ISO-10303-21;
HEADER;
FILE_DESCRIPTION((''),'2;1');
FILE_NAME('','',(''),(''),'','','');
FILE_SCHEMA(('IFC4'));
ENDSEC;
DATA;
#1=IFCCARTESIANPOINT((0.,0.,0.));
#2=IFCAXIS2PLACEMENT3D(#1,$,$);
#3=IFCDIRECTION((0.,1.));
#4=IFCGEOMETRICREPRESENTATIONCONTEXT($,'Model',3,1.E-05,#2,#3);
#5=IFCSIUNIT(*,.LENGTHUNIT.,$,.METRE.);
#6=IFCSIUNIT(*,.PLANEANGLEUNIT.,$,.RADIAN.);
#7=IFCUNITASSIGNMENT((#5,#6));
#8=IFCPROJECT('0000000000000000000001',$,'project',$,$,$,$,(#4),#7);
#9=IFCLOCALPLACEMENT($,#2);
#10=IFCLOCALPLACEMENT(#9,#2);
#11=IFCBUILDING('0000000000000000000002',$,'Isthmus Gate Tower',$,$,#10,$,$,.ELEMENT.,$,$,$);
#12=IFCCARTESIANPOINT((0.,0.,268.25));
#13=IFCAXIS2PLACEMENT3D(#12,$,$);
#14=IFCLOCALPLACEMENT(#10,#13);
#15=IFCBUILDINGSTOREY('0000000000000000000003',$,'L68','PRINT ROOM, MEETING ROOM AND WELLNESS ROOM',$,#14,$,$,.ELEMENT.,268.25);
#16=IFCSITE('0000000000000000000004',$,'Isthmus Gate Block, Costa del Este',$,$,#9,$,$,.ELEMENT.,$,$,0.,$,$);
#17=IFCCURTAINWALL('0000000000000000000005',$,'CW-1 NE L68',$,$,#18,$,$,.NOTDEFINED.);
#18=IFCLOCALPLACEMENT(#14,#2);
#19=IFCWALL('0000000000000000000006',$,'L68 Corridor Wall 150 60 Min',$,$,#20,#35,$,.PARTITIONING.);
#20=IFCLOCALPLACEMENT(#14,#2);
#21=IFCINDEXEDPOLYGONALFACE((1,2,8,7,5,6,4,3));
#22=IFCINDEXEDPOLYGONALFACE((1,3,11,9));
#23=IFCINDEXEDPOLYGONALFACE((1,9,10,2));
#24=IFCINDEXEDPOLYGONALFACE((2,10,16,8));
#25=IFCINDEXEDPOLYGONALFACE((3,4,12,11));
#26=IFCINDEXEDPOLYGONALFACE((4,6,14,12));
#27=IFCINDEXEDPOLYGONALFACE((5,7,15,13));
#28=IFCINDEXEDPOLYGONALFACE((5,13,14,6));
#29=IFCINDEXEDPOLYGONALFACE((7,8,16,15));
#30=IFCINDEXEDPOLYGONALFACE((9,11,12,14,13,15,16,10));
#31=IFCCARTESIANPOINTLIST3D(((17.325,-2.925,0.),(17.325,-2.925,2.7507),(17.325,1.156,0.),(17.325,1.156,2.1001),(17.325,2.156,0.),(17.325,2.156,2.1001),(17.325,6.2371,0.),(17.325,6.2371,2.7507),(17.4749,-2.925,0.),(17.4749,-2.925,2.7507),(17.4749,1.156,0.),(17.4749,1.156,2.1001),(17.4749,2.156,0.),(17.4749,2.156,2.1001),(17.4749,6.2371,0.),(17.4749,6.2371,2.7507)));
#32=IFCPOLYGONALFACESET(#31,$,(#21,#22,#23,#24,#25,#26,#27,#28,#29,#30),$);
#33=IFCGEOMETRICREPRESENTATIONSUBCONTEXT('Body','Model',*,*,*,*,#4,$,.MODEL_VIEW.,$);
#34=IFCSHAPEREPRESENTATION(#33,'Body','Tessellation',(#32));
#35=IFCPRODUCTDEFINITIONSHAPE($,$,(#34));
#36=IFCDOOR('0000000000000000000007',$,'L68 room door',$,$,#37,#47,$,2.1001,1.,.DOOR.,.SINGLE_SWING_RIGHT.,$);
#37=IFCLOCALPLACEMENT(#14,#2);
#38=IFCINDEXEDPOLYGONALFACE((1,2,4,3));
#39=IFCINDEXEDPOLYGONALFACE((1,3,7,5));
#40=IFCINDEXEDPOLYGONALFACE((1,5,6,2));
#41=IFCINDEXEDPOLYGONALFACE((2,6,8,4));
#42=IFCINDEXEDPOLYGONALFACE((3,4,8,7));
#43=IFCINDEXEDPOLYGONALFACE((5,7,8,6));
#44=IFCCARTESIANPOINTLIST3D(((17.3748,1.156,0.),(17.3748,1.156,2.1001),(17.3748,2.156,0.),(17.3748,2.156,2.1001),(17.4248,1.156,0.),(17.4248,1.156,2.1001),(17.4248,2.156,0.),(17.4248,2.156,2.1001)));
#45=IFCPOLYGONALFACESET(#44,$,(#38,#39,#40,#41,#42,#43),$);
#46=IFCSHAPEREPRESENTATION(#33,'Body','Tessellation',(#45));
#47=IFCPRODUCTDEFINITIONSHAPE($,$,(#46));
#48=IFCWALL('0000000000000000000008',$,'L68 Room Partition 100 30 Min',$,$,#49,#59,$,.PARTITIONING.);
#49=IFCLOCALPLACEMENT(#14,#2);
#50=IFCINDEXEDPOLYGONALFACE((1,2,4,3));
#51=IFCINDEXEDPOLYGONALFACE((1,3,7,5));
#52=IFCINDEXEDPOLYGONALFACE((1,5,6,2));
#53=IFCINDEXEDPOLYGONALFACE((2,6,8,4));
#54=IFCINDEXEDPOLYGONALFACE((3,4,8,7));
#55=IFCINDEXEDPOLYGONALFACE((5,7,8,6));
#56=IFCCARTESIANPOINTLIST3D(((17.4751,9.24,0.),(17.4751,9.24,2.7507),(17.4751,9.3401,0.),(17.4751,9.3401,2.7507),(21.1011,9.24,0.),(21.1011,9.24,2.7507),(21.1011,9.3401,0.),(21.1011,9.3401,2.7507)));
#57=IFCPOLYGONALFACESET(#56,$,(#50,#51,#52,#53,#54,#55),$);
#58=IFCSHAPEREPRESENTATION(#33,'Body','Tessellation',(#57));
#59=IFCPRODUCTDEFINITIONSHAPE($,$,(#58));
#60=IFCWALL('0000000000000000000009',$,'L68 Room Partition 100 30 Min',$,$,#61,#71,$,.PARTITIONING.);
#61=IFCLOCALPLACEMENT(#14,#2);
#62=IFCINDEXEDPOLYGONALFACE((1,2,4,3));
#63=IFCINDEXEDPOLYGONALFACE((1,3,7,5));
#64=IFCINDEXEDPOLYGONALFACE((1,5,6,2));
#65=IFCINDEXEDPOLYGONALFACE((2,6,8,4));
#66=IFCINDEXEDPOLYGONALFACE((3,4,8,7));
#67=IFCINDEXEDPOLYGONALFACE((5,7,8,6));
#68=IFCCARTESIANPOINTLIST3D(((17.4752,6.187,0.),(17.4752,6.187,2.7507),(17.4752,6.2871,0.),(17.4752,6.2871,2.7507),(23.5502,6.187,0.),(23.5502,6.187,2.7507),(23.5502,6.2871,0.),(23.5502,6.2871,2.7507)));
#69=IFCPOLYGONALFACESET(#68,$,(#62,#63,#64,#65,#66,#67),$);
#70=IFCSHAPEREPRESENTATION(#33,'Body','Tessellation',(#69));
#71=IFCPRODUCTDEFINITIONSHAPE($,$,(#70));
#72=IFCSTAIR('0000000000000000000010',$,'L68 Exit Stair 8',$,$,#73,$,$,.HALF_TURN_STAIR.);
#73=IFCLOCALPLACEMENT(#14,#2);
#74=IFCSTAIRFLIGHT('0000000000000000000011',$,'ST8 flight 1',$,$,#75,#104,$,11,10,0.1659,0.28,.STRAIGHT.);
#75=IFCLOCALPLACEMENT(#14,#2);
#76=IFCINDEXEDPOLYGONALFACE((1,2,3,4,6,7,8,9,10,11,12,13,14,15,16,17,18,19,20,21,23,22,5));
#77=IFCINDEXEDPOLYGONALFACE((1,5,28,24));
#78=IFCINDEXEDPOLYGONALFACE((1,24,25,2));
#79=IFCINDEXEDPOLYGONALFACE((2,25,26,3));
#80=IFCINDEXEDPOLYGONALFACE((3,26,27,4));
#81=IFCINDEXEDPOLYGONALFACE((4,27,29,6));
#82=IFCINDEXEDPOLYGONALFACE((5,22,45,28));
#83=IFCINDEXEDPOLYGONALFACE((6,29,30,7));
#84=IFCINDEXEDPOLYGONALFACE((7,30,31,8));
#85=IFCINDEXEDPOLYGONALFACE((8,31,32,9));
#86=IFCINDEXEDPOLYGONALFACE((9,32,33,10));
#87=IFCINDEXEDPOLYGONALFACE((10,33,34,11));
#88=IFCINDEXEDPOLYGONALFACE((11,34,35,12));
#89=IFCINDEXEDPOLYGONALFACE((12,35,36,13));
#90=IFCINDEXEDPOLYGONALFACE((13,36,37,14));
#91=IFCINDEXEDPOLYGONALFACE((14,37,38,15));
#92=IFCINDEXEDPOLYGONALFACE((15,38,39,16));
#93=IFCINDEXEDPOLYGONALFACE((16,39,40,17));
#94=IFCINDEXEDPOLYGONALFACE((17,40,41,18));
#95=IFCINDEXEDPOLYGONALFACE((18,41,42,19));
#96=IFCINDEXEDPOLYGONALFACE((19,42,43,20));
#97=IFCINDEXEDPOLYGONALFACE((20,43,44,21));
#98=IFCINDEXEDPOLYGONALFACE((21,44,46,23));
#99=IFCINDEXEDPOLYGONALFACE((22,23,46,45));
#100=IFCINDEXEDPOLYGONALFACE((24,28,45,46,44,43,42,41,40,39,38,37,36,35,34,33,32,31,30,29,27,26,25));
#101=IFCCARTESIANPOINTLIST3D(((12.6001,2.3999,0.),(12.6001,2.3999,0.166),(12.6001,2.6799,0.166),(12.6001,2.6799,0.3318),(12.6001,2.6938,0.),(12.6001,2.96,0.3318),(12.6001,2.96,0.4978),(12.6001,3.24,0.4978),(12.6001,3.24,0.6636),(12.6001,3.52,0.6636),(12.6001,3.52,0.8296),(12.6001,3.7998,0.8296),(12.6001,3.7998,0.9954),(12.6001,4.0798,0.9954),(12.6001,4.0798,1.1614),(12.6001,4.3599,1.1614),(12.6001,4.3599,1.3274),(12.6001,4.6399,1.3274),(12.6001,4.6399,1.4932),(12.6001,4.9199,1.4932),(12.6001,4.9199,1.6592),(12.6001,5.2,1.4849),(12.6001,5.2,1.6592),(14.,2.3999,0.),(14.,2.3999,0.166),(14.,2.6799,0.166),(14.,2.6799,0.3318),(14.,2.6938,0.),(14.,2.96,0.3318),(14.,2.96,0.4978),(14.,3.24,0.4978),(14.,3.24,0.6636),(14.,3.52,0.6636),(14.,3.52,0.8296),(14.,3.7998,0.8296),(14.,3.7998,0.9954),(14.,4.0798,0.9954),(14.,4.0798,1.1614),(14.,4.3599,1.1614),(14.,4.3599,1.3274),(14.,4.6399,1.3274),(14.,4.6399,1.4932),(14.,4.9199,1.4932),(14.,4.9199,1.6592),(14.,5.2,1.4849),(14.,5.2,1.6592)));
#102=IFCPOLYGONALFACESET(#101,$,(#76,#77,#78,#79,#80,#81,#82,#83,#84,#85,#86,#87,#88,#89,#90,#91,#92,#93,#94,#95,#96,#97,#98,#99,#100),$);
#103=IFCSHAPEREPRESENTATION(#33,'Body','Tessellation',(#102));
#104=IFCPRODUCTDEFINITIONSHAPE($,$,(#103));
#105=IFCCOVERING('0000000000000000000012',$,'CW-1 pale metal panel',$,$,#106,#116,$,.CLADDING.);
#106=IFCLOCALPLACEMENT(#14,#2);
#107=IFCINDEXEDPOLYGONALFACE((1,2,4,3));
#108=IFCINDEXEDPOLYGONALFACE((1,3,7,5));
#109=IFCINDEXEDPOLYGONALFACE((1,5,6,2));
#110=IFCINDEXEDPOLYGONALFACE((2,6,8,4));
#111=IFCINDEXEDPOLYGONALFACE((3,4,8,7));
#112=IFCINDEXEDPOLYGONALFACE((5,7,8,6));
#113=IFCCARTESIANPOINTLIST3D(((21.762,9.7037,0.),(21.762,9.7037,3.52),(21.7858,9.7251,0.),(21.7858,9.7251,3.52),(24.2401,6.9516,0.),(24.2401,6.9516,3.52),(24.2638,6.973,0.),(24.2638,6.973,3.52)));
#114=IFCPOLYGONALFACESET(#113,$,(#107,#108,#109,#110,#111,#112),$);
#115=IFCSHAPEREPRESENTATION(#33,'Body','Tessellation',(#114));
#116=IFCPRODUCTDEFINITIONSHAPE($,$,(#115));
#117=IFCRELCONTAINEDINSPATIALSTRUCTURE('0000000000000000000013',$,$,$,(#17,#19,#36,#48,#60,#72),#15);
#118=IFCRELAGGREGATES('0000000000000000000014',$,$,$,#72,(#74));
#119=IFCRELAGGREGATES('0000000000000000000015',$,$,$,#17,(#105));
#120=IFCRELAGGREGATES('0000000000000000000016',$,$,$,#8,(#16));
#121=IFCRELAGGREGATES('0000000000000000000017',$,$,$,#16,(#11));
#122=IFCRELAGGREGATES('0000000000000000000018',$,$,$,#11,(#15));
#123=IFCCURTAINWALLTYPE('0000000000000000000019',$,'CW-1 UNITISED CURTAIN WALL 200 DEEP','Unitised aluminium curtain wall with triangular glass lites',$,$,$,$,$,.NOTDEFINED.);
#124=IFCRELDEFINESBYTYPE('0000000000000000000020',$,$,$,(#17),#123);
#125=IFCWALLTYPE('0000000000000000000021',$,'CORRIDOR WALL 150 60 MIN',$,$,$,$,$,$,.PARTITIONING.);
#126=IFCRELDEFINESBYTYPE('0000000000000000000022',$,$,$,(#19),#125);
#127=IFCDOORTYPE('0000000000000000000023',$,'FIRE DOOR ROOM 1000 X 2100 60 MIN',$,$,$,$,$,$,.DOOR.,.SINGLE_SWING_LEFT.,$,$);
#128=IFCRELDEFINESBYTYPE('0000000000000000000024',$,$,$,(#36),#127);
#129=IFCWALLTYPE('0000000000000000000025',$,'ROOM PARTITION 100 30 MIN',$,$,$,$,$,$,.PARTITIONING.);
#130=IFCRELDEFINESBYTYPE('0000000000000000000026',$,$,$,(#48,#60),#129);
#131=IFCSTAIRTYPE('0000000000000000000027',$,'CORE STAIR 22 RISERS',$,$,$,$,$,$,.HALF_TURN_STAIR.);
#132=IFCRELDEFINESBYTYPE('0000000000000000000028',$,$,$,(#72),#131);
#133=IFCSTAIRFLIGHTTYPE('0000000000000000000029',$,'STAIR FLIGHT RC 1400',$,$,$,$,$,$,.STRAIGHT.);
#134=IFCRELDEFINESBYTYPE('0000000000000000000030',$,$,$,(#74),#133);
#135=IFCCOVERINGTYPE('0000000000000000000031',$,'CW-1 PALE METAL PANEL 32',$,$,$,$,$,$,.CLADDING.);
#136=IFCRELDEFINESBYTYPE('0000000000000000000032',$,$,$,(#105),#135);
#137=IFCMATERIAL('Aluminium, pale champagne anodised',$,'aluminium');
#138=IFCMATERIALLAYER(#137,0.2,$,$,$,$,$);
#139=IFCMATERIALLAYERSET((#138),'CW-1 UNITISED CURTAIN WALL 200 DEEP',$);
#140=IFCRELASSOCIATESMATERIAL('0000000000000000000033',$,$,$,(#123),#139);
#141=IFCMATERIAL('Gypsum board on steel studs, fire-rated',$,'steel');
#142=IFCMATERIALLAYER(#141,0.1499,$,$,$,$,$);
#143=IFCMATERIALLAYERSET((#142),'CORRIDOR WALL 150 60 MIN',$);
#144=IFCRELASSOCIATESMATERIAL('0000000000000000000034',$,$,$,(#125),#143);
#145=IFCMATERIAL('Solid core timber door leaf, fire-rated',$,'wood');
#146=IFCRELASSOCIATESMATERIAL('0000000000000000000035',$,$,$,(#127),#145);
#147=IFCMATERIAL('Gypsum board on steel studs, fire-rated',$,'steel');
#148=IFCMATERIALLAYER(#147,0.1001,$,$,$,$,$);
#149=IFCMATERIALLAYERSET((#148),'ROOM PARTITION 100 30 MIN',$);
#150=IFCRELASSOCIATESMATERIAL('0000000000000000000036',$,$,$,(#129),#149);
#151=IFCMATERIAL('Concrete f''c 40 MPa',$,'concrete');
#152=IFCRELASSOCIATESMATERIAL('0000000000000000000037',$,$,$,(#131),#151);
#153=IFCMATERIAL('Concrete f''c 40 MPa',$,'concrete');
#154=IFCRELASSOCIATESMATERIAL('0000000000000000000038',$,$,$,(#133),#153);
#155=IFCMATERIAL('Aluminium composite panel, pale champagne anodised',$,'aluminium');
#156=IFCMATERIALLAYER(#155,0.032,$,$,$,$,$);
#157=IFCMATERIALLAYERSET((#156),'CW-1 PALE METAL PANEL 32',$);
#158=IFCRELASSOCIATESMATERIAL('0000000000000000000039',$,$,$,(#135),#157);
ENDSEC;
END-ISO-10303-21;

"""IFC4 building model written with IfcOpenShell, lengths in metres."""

from ifc_helpers import new_model, si_unit, direction, frame, frame_2d, origin, origin_2d, place, context, subcontext, project, spatial, polyline, rectangle, outline, extrude, material, layer, layer_set, type_object, element, fill, aggregate, save


model = new_model("IFC4")

# Units and contexts
model_context = context("Model", 3, precision=1e-05, world=origin(), true_north=direction((0.0, 1.0)))
body_context = subcontext(model_context, "Body", "Model", "MODEL_VIEW")
ifc_project = project(units=[si_unit("LENGTHUNIT", "METRE"), si_unit("PLANEANGLEUNIT", "RADIAN")], contexts=[model_context])

# Site, building, storey
site_placement = place(None, origin())
site = spatial("IfcSite", under=ifc_project, at=site_placement, Name="Isthmus Gate Block, Costa del Este", CompositionType="ELEMENT", RefElevation=0.0)
building_placement = place(site_placement, origin())
building = spatial("IfcBuilding", under=site, at=building_placement, Name="Isthmus Gate Tower", CompositionType="ELEMENT")
storey_placement = place(building_placement, frame((0.0, 0.0, 268.25)))
storey = spatial("IfcBuildingStorey", under=building, at=storey_placement, Name="L68", Description="PRINT ROOM, MEETING ROOM AND WELLNESS ROOM", CompositionType="ELEMENT", Elevation=268.25)

# Curtain wall
ifc_material_1 = material(Name="Aluminium, pale champagne anodised", Category="aluminium")
ifc_layer_1 = layer(ifc_material_1, 0.2)
ifc_layer_set_1 = layer_set([ifc_layer_1], Name="CW-1 UNITISED CURTAIN WALL 200 DEEP")
curtain_wall_type = type_object("IfcCurtainWallType", Name="CW-1 UNITISED CURTAIN WALL 200 DEEP", Description="Unitised aluminium curtain wall with triangular glass lites", PredefinedType="NOTDEFINED", material=ifc_layer_set_1)
curtain_wall_1_placement = place(storey_placement, origin())
curtain_wall_1 = element("IfcCurtainWall", 1, at=curtain_wall_1_placement, inside=storey, type_object=curtain_wall_type, Name="CW-1 NE L68", PredefinedType="NOTDEFINED")

# Wall, opening, door
ifc_material_2 = material(Name="Gypsum board on steel studs, fire-rated", Category="steel")
ifc_layer_2 = layer(ifc_material_2, 0.1499)
ifc_layer_set_2 = layer_set([ifc_layer_2], Name="CORRIDOR WALL 150 60 MIN")
wall_type_1 = type_object("IfcWallType", Name="CORRIDOR WALL 150 60 MIN", PredefinedType="PARTITIONING", material=ifc_layer_set_2)
ifc_material_3 = material(Name="Solid core timber door leaf, fire-rated", Category="wood")
door_type = type_object("IfcDoorType", Name="FIRE DOOR ROOM 1000 X 2100 60 MIN", OperationType="SINGLE_SWING_LEFT", PredefinedType="DOOR", material=ifc_material_3)
wall_1_placement = place(storey_placement, frame((17.3999, 6.2371, 0.0), z_axis=(0.0, 0.0, 1.0), x_axis=(0.0, -1.0, 0.0)))
wall_1 = element("IfcWall", 2, at=wall_1_placement, inside=storey, type_object=wall_type_1, Name="L68 Corridor Wall 150 60 Min", PredefinedType="PARTITIONING", context=body_context, shape_type="SweptSolid", body=[
    extrude(rectangle(XDim=9.1621, YDim=0.1499, at=frame_2d((4.5811, 0.0))), origin(), (0.0, 0.0, 1.0), 2.7507),
])
opening_1_placement = place(wall_1_placement, frame((4.0811, 0.0, 0.0)))
opening_1 = element("IfcOpeningElement", 3, at=opening_1_placement, cuts=wall_1, PredefinedType="OPENING", context=body_context, shape_type="SweptSolid", body=[
    extrude(rectangle(XDim=1.0, YDim=2.1001, at=frame_2d((0.5, 1.05))), frame((0.0, 0.085, 0.0), z_axis=(0.0, -1.0, 0.0), x_axis=(1.0, 0.0, 0.0)), (0.0, 0.0, 1.0), 0.1699),
])
door_1_placement = place(opening_1_placement, origin())
door_1 = element("IfcDoor", 4, at=door_1_placement, inside=storey, type_object=door_type, Name="L68 room door", OperationType="SINGLE_SWING_RIGHT", OverallHeight=2.1001, OverallWidth=1.0, PredefinedType="DOOR", context=body_context, shape_type="SweptSolid", body=[
    extrude(rectangle(XDim=1.0, YDim=2.1001, at=frame_2d((0.5, 1.05))), frame((0.0, 0.0249, 0.0), z_axis=(0.0, -1.0, 0.0), x_axis=(1.0, 0.0, 0.0)), (0.0, 0.0, 1.0), 0.05),
])
fill(opening_1, door_1)

# Walls
ifc_material_4 = material(Name="Gypsum board on steel studs, fire-rated", Category="steel")
ifc_layer_3 = layer(ifc_material_4, 0.1001)
ifc_layer_set_3 = layer_set([ifc_layer_3], Name="ROOM PARTITION 100 30 MIN")
wall_type_2 = type_object("IfcWallType", Name="ROOM PARTITION 100 30 MIN", PredefinedType="PARTITIONING", material=ifc_layer_set_3)
wall_2_placement = place(storey_placement, frame((17.4751, 9.29, 0.0), z_axis=(0.0, 0.0, 1.0), x_axis=(1.0, 0.0, 0.0)))
element("IfcWall", 5, at=wall_2_placement, inside=storey, type_object=wall_type_2, Name="L68 Room Partition 100 30 Min", PredefinedType="PARTITIONING", context=body_context, shape_type="SweptSolid", body=[
    extrude(rectangle(XDim=3.626, YDim=0.1001, at=frame_2d((1.813, 0.0))), origin(), (0.0, 0.0, 1.0), 2.7507),
])
wall_3_placement = place(storey_placement, frame((17.4751, 6.2371, 0.0), z_axis=(0.0, 0.0, 1.0), x_axis=(1.0, 0.0, 0.0)))
element("IfcWall", 6, at=wall_3_placement, inside=storey, type_object=wall_type_2, Name="L68 Room Partition 100 30 Min", PredefinedType="PARTITIONING", context=body_context, shape_type="SweptSolid", body=[
    extrude(rectangle(XDim=6.075, YDim=0.1001, at=frame_2d((3.0376, 0.0))), origin(), (0.0, 0.0, 1.0), 2.7507),
])

# Stair, stair flight
ifc_material_5 = material(Name="Concrete f'c 40 MPa", Category="concrete")
stair_type = type_object("IfcStairType", Name="CORE STAIR 22 RISERS", PredefinedType="HALF_TURN_STAIR", material=ifc_material_5)
stair_placement = place(storey_placement, origin())
stair = element("IfcStair", 7, at=stair_placement, inside=storey, type_object=stair_type, Name="L68 Exit Stair 8", PredefinedType="HALF_TURN_STAIR")
ifc_material_6 = material(Name="Concrete f'c 40 MPa", Category="concrete")
stair_flight_type = type_object("IfcStairFlightType", Name="STAIR FLIGHT RC 1400", PredefinedType="STRAIGHT", material=ifc_material_6)
stair_flight_placement = place(storey_placement, frame((13.3, 2.3999, 0.0), z_axis=(0.0, 0.0, 1.0), x_axis=(0.0, 1.0, 0.0)))
stair_flight = element("IfcStairFlight", 8, at=stair_flight_placement, type_object=stair_flight_type, Name="ST8 flight 1", NumberOfRisers=11, NumberOfTreads=10, PredefinedType="STRAIGHT", RiserHeight=0.1659, TreadLength=0.28, context=body_context, shape_type="SweptSolid", body=[
    extrude(outline(polyline([(0.0, 0.0), (0.0, 0.166), (0.28, 0.166), (0.28, 0.3318), (0.5601, 0.3318), (0.5601, 0.4978), (0.8401, 0.4978), (0.8401, 0.6636), (1.1201, 0.6636), (1.1201, 0.8296), (1.3999, 0.8296), (1.3999, 0.9954), (1.6799, 0.9954), (1.6799, 1.1614), (1.96, 1.1614), (1.96, 1.3274), (2.24, 1.3274), (2.24, 1.4932), (2.52, 1.4932), (2.52, 1.6592), (2.8, 1.6592), (2.8, 1.825), (2.8, 1.4849), (0.2939, 0.0), (0.0, 0.0)])), frame((0.0, 0.7, 0.0), z_axis=(0.0, -1.0, 0.0), x_axis=(1.0, 0.0, 0.0)), (0.0, 0.0, 1.0), 1.3999),
])
aggregate(stair, [stair_flight])

# Covering
ifc_material_7 = material(Name="Aluminium composite panel, pale champagne anodised", Category="aluminium")
ifc_layer_4 = layer(ifc_material_7, 0.032)
ifc_layer_set_4 = layer_set([ifc_layer_4], Name="CW-1 PALE METAL PANEL 32")
covering_type = type_object("IfcCoveringType", Name="CW-1 PALE METAL PANEL 32", PredefinedType="CLADDING", material=ifc_layer_set_4)
covering_placement = place(storey_placement, frame((23.0129, 8.3384, 0.0), z_axis=(0.0, 0.0, 1.0), x_axis=(-0.669131, 0.743145, 0.0)))
covering = element("IfcCovering", 9, at=covering_placement, type_object=covering_type, Name="CW-1 pale metal panel", PredefinedType="CLADDING", context=body_context, shape_type="SweptSolid", body=[
    extrude(rectangle(XDim=3.7034, YDim=0.032, at=origin_2d()), origin(), (0.0, 0.0, 1.0), 3.52),
])
aggregate(curtain_wall_1, [covering])

save(model, "model.ifc")
